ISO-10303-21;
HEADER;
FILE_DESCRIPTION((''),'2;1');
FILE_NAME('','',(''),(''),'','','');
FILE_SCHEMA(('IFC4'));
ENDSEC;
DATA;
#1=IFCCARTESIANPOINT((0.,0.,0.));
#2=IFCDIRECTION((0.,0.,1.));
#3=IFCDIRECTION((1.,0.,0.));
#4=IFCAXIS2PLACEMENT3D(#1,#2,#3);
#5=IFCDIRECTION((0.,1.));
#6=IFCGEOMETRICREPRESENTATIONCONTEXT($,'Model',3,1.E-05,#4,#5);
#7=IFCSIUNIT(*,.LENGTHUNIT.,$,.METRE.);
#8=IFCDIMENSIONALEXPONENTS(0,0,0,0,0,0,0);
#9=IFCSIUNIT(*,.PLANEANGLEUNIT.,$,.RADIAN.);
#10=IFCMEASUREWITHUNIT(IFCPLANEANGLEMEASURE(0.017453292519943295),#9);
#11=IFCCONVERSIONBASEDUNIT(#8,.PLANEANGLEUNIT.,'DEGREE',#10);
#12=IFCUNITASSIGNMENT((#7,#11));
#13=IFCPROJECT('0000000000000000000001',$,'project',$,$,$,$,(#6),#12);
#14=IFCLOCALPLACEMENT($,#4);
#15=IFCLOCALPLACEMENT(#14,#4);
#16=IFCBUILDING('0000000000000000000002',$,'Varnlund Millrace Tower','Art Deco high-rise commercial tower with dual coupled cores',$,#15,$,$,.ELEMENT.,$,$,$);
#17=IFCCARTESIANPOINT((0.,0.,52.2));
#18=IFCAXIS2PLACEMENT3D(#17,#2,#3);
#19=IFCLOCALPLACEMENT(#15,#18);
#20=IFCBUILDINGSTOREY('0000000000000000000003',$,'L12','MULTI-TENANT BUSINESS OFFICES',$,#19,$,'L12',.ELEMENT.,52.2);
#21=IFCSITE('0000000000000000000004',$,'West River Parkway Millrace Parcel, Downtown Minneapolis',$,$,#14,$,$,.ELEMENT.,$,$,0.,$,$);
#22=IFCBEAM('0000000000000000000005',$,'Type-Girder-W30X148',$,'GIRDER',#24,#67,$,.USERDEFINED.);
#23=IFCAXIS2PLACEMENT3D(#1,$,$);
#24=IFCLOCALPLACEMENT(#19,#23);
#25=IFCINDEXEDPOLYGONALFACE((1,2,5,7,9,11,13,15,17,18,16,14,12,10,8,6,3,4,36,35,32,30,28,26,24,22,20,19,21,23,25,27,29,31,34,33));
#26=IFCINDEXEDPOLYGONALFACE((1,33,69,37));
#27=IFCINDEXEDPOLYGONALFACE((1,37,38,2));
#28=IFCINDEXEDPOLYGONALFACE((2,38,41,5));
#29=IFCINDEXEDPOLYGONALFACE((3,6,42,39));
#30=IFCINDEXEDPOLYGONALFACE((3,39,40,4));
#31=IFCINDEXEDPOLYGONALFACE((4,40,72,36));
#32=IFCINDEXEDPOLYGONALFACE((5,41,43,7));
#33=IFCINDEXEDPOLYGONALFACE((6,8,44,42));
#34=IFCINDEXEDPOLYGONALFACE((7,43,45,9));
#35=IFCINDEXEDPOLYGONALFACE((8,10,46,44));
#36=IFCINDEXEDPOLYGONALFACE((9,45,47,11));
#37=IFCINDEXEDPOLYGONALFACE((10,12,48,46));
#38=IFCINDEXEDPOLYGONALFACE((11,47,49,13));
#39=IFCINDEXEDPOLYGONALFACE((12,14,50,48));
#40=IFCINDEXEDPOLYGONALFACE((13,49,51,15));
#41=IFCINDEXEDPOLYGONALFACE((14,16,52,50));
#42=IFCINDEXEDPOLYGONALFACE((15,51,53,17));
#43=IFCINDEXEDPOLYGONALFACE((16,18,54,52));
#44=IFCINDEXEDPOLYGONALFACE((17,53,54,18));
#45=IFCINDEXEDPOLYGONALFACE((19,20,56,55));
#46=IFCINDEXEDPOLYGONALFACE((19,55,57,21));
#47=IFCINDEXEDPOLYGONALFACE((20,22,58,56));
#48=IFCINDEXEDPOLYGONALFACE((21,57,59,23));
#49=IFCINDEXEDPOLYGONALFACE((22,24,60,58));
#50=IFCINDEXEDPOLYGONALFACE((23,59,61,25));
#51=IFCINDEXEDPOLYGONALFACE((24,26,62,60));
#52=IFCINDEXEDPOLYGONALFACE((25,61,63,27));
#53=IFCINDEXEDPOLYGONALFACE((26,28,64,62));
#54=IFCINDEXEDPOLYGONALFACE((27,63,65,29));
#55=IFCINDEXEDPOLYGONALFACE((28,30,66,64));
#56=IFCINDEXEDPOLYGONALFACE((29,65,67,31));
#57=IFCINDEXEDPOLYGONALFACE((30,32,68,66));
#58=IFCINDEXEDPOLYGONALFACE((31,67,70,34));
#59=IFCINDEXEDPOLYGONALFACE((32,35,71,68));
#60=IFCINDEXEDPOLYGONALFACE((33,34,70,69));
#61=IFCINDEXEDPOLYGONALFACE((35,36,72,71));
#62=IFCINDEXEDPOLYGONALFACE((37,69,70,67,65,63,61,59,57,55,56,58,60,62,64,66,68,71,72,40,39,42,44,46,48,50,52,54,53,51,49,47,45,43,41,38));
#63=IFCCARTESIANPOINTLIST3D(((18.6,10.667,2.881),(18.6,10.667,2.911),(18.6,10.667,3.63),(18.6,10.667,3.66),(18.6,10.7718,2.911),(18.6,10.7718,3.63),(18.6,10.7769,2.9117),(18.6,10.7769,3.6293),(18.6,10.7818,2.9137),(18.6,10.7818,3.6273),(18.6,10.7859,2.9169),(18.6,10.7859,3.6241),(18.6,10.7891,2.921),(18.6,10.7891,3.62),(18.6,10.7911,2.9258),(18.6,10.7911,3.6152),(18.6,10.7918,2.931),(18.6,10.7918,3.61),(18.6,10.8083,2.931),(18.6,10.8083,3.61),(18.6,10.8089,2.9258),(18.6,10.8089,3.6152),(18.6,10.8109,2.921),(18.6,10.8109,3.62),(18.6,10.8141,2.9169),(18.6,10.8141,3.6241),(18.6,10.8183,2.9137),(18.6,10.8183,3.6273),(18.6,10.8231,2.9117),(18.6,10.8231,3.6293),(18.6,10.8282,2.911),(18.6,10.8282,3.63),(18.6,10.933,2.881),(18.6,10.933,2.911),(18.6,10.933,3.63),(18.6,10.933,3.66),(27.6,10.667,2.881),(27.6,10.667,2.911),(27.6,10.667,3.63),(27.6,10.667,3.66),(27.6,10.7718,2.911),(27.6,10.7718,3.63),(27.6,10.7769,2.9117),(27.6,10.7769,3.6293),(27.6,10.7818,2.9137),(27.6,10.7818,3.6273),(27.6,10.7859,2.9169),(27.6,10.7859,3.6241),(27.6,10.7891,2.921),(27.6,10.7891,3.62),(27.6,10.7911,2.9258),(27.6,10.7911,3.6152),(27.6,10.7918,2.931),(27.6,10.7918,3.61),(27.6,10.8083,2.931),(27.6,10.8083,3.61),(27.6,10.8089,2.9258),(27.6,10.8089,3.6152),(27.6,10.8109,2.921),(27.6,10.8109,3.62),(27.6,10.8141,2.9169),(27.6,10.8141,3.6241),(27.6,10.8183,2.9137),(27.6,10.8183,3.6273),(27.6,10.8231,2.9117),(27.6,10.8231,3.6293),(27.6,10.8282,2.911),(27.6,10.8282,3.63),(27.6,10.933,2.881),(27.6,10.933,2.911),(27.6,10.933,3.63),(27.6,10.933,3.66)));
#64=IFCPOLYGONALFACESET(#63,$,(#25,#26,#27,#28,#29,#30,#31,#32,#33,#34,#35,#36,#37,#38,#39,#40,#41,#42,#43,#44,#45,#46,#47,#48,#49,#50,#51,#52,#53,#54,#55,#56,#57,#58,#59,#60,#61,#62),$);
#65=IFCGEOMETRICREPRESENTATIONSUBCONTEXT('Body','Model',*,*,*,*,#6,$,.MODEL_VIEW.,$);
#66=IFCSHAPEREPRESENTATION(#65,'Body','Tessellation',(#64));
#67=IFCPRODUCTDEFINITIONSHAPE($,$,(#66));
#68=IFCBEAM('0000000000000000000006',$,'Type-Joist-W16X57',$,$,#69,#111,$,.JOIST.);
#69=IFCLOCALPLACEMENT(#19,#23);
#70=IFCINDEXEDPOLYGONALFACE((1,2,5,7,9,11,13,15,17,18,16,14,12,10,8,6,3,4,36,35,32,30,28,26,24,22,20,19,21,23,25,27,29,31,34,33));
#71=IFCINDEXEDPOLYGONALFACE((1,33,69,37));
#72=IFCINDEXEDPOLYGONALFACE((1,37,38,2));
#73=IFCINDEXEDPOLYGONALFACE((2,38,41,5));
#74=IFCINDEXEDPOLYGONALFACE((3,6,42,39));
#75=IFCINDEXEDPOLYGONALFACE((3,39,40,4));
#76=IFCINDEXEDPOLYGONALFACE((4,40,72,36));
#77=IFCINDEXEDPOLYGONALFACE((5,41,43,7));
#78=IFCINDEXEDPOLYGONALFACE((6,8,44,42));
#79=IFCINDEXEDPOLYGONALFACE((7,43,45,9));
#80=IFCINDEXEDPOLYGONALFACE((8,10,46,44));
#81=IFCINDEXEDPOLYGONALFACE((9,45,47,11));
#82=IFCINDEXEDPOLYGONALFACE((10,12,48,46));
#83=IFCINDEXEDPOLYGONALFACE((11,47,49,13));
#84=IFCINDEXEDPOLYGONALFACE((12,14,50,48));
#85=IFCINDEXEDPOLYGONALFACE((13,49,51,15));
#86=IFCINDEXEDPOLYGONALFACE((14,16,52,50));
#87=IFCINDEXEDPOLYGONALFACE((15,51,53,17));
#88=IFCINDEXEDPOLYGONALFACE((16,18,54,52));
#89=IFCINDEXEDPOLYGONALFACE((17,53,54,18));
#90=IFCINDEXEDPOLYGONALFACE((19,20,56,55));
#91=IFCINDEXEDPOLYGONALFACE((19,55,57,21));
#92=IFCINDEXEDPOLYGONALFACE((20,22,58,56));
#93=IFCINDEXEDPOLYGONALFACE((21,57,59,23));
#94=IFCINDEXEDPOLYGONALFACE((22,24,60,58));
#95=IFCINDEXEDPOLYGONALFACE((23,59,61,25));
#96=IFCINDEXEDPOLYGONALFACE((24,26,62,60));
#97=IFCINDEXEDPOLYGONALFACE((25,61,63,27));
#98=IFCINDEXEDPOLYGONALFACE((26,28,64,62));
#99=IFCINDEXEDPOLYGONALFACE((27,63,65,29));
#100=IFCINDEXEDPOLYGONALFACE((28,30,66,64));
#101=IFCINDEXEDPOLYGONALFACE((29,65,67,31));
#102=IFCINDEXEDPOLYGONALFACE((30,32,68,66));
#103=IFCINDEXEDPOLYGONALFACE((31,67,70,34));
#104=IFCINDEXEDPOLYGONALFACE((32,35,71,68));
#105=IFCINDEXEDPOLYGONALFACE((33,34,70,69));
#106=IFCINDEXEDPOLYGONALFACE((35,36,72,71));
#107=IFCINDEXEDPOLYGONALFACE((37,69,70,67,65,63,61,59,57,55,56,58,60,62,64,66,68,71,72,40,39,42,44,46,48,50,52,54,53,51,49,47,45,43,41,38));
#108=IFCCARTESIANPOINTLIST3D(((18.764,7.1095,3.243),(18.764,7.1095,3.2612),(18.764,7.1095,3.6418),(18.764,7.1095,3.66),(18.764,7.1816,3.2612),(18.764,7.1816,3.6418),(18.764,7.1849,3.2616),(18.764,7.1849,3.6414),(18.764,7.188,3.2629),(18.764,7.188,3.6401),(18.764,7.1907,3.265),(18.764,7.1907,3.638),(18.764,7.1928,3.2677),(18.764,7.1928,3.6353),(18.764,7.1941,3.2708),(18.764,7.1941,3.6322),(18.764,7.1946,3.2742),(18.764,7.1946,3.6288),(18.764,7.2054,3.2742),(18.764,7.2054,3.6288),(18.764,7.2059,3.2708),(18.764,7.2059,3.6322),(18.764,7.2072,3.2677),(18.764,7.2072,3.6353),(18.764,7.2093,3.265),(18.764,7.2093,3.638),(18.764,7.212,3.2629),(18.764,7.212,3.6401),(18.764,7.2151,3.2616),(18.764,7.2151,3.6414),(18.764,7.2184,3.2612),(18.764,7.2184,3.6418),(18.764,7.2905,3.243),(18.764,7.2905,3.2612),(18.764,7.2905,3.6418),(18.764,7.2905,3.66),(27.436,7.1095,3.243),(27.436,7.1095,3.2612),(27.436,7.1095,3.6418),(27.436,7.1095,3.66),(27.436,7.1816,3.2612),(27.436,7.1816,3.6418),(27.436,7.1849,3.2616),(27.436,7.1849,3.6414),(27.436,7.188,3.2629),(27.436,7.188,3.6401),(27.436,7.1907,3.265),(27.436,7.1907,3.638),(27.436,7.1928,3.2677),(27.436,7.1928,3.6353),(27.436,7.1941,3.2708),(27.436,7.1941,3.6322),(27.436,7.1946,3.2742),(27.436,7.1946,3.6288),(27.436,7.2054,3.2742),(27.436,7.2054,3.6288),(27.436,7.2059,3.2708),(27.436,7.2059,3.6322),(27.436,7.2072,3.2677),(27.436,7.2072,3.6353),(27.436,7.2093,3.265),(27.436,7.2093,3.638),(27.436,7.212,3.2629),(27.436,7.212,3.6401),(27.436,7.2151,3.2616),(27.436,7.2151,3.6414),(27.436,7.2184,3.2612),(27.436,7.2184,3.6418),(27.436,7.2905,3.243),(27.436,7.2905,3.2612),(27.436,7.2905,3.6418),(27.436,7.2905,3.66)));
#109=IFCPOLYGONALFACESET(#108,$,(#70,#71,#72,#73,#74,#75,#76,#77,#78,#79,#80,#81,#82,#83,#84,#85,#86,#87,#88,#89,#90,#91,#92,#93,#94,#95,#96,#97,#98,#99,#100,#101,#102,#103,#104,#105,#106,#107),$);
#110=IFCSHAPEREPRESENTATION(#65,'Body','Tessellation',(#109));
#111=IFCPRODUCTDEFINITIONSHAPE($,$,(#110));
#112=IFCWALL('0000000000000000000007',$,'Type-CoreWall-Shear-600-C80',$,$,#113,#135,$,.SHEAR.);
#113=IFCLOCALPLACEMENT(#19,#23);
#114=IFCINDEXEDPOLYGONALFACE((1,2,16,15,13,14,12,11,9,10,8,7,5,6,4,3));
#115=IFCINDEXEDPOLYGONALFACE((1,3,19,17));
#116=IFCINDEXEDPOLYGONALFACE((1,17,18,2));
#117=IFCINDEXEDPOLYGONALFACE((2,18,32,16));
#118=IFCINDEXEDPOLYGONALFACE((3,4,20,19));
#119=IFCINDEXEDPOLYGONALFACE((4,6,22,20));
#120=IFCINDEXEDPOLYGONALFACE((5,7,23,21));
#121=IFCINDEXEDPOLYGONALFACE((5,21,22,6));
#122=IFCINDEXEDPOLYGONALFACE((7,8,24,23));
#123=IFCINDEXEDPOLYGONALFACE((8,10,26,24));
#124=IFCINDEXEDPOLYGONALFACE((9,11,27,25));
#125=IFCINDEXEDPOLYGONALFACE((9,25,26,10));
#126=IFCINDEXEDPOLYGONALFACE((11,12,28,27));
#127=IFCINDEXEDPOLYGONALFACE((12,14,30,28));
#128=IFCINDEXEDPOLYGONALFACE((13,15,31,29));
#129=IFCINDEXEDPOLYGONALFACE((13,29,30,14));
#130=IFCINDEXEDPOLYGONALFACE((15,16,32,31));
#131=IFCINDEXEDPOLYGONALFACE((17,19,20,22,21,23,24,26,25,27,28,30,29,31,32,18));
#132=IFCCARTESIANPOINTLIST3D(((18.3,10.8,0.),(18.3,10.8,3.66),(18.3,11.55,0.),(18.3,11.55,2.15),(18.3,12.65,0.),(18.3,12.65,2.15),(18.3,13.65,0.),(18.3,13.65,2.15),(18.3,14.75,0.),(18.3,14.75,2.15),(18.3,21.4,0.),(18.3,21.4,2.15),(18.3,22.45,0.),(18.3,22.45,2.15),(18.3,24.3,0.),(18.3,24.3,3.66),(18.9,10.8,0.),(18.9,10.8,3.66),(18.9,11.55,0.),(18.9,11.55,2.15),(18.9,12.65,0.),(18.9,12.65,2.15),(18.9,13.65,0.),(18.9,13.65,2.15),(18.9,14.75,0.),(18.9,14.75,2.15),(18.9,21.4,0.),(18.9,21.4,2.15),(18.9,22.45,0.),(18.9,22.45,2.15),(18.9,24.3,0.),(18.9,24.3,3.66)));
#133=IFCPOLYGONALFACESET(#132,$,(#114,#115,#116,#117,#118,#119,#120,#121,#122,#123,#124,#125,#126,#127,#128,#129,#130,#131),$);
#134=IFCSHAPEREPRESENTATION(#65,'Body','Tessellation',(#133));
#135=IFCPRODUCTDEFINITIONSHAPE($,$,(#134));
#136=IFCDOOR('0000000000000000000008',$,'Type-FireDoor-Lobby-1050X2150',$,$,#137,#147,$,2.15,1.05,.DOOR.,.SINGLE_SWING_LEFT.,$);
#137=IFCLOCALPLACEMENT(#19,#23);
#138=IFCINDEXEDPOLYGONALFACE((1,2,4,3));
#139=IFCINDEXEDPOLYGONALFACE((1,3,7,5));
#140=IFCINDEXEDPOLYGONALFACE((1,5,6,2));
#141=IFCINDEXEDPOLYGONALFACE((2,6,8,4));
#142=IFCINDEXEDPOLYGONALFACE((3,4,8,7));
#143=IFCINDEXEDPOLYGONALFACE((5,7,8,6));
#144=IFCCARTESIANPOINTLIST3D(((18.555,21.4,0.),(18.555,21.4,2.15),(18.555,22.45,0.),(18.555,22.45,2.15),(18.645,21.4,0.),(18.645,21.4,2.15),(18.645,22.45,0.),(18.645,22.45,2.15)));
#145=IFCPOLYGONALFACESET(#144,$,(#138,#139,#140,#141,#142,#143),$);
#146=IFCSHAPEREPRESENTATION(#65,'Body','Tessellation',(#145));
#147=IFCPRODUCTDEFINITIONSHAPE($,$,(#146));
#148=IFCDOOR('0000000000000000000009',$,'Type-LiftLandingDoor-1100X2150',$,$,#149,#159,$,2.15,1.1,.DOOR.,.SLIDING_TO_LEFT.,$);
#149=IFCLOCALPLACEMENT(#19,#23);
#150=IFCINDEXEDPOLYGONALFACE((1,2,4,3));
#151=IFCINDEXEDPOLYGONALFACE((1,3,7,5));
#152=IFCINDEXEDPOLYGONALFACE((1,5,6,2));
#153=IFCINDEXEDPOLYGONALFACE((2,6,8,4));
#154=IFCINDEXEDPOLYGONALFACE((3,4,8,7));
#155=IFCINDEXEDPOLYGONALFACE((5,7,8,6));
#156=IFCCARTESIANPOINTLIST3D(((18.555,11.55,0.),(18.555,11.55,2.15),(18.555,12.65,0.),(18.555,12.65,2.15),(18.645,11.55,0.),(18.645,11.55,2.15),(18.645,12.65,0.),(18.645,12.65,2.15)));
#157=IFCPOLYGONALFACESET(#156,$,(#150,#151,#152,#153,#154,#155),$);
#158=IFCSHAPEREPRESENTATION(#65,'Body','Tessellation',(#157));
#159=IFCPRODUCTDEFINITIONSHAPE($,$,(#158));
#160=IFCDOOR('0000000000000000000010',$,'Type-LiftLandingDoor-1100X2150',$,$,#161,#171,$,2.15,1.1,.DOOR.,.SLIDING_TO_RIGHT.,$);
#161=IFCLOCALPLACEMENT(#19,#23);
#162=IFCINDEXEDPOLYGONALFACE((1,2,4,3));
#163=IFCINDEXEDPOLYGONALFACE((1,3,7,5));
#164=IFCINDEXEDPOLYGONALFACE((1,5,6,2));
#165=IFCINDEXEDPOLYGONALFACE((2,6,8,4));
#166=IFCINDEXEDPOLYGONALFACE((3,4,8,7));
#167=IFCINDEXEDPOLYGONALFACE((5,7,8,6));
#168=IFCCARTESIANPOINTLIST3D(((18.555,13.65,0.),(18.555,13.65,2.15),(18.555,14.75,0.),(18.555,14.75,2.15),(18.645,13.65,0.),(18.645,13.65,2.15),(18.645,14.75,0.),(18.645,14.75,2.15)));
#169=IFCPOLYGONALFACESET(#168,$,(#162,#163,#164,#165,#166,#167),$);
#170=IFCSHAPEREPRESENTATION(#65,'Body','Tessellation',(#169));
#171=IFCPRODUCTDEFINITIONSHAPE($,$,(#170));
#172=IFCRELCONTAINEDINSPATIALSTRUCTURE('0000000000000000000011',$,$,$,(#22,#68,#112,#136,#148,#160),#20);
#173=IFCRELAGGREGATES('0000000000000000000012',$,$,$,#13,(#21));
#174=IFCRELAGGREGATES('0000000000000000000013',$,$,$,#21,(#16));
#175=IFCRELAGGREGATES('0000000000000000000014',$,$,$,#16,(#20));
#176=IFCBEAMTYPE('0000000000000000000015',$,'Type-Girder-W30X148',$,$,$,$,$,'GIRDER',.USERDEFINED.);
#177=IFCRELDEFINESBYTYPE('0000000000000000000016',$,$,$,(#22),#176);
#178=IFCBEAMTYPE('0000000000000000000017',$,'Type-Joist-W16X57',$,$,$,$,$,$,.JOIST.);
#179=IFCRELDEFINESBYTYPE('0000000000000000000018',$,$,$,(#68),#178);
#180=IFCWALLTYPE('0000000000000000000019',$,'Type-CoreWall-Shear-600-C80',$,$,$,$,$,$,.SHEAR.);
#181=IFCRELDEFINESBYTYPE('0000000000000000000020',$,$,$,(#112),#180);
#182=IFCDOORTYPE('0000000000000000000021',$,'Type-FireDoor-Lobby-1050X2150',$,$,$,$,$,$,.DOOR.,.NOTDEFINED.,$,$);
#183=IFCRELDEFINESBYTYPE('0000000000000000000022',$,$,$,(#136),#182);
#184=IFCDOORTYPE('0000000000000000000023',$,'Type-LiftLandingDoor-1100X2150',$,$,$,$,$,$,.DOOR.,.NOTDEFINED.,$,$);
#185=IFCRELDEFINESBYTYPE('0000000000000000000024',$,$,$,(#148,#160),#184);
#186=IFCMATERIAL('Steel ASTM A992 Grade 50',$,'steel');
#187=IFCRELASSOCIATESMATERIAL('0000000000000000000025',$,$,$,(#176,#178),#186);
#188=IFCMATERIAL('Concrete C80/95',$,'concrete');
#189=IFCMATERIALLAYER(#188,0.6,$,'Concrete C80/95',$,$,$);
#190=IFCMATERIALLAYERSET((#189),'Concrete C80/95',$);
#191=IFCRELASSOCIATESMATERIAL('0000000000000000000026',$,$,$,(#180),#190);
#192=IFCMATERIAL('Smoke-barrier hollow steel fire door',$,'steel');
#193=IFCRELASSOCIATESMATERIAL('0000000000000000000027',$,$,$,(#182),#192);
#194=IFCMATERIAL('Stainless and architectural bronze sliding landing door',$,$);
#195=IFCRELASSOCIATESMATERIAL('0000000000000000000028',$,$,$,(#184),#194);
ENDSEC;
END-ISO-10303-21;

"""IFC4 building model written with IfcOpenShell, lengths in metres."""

from ifc_helpers import new_model, entity, si_unit, converted_unit, direction, frame, origin_with_axes, origin_2d_with_axis, place, context, subcontext, project, spatial, polyline, rectangle, i_section, outline, extrude, material, layer, layer_set, material_profile, profile_set, type_object, element, fill, save


model = new_model("IFC4")

# Units and contexts
model_context = context("Model", 3, precision=1e-05, world=origin_with_axes(), true_north=direction((0.0, 1.0)))
body_context = subcontext(model_context, "Body", "Model", "MODEL_VIEW")
ifc_project = project(units=[si_unit("LENGTHUNIT", "METRE"), converted_unit("PLANEANGLEUNIT", "DEGREE", entity("IfcPlaneAngleMeasure", 0.017453292519943295), si_unit("PLANEANGLEUNIT", "RADIAN"), dimensions=[0, 0, 0, 0, 0, 0, 0])], contexts=[model_context])

# Site, building, storey
site_placement = place(None, origin_with_axes())
site = spatial("IfcSite", under=ifc_project, at=site_placement, Name="West River Parkway Millrace Parcel, Downtown Minneapolis", CompositionType="ELEMENT", RefElevation=0.0)
building_placement = place(site_placement, origin_with_axes())
building = spatial("IfcBuilding", under=site, at=building_placement, Name="Varnlund Millrace Tower", Description="Art Deco high-rise commercial tower with dual coupled cores", CompositionType="ELEMENT")
storey_placement = place(building_placement, frame((0.0, 0.0, 52.2), z_axis=(0.0, 0.0, 1.0), x_axis=(1.0, 0.0, 0.0)))
storey = spatial("IfcBuildingStorey", under=building, at=storey_placement, Name="L12", Description="MULTI-TENANT BUSINESS OFFICES", LongName="L12", CompositionType="ELEMENT", Elevation=52.2)

# Shared definitions
ifc_material_1 = material(Name="Concrete C80/95", Category="concrete")

# Beams
ifc_material_2 = material(Name="Steel ASTM A992 Grade 50", Category="steel")
ifc_material_profile_1 = material_profile(ifc_material_2, i_section(OverallWidth=0.266, OverallDepth=0.779, WebThickness=0.0165, FlangeThickness=0.03, FilletRadius=0.02, at=origin_2d_with_axis()), Name="Steel ASTM A992 Grade 50")
ifc_profile_set_1 = profile_set([ifc_material_profile_1], Name="Steel ASTM A992 Grade 50")
beam_type_1 = type_object("IfcBeamType", Name="Type-Girder-W30X148", ElementType="GIRDER", PredefinedType="USERDEFINED", material=ifc_profile_set_1)
beam_1_placement = place(storey_placement, frame((18.6, 10.8, 3.2705), z_axis=(1.0, 0.0, 0.0), x_axis=(0.0, 1.0, 0.0)))
element("IfcBeam", 1, at=beam_1_placement, inside=storey, type_object=beam_type_1, Name="Type-Girder-W30X148", ObjectType="GIRDER", PredefinedType="USERDEFINED", context=body_context, shape_type="SweptSolid", body=[
    extrude(i_section(OverallWidth=0.266, OverallDepth=0.779, WebThickness=0.0165, FlangeThickness=0.03, FilletRadius=0.02, at=origin_2d_with_axis()), origin_with_axes(), (0.0, 0.0, 1.0), 9.0),
])
ifc_material_profile_2 = material_profile(ifc_material_2, i_section(OverallWidth=0.181, OverallDepth=0.417, WebThickness=0.0109, FlangeThickness=0.0182, FilletRadius=0.013, at=origin_2d_with_axis()), Name="Steel ASTM A992 Grade 50")
ifc_profile_set_2 = profile_set([ifc_material_profile_2], Name="Steel ASTM A992 Grade 50")
beam_type_2 = type_object("IfcBeamType", Name="Type-Joist-W16X57", PredefinedType="JOIST", material=ifc_profile_set_2)
beam_2_placement = place(storey_placement, frame((18.764, 7.2, 3.4515), z_axis=(1.0, 0.0, 0.0), x_axis=(0.0, 1.0, 0.0)))
element("IfcBeam", 2, at=beam_2_placement, inside=storey, type_object=beam_type_2, Name="Type-Joist-W16X57", PredefinedType="JOIST", context=body_context, shape_type="SweptSolid", body=[
    extrude(i_section(OverallWidth=0.181, OverallDepth=0.417, WebThickness=0.0109, FlangeThickness=0.0182, FilletRadius=0.013, at=origin_2d_with_axis()), origin_with_axes(), (0.0, 0.0, 1.0), 8.672),
])

# Wall, openings, doors
ifc_layer_1 = layer(ifc_material_1, 0.6, Name="Concrete C80/95")
ifc_layer_set_1 = layer_set([ifc_layer_1], Name="Concrete C80/95")
wall_type_1 = type_object("IfcWallType", Name="Type-CoreWall-Shear-600-C80", PredefinedType="SHEAR", material=ifc_layer_set_1)
wall_1_placement = place(storey_placement, frame((18.6, 10.8, 0.0), z_axis=(0.0, 0.0, 1.0), x_axis=(0.0, 1.0, 0.0)))
wall_1 = element("IfcWall", 3, at=wall_1_placement, inside=storey, type_object=wall_type_1, Name="Type-CoreWall-Shear-600-C80", PredefinedType="SHEAR", context=body_context, shape_type="SweptSolid", body=[
    extrude(outline(polyline([(0.0, -0.3), (13.5, -0.3), (13.5, 0.3), (0.0, 0.3), (0.0, -0.3)])), origin_with_axes(), (0.0, 0.0, 1.0), 3.66),
])
opening_1_placement = place(wall_1_placement, frame((1.3, 0.0, 0.0), z_axis=(0.0, 0.0, 1.0), x_axis=(1.0, 0.0, 0.0)))
opening_1 = element("IfcOpeningElement", 4, at=opening_1_placement, cuts=wall_1, PredefinedType="OPENING", context=body_context, shape_type="SweptSolid", body=[
    extrude(rectangle(XDim=1.1, YDim=0.62, at=origin_2d_with_axis()), origin_with_axes(), (0.0, 0.0, 1.0), 2.15),
])
opening_2_placement = place(wall_1_placement, frame((3.4, 0.0, 0.0), z_axis=(0.0, 0.0, 1.0), x_axis=(1.0, 0.0, 0.0)))
opening_2 = element("IfcOpeningElement", 5, at=opening_2_placement, cuts=wall_1, PredefinedType="OPENING", context=body_context, shape_type="SweptSolid", body=[
    extrude(rectangle(XDim=1.1, YDim=0.62, at=origin_2d_with_axis()), origin_with_axes(), (0.0, 0.0, 1.0), 2.15),
])
opening_3_placement = place(wall_1_placement, frame((11.125, 0.0, 0.0), z_axis=(0.0, 0.0, 1.0), x_axis=(1.0, 0.0, 0.0)))
opening_3 = element("IfcOpeningElement", 6, at=opening_3_placement, cuts=wall_1, PredefinedType="OPENING", context=body_context, shape_type="SweptSolid", body=[
    extrude(rectangle(XDim=1.05, YDim=0.62, at=origin_2d_with_axis()), origin_with_axes(), (0.0, 0.0, 1.0), 2.15),
])
ifc_material_3 = material(Name="Smoke-barrier hollow steel fire door", Category="steel")
door_type_1 = type_object("IfcDoorType", Name="Type-FireDoor-Lobby-1050X2150", OperationType="NOTDEFINED", PredefinedType="DOOR", material=ifc_material_3)
door_1_placement = place(wall_1_placement, frame((11.125, 0.0, 0.0), z_axis=(0.0, 0.0, 1.0), x_axis=(1.0, 0.0, 0.0)))
door_1 = element("IfcDoor", 7, at=door_1_placement, inside=storey, type_object=door_type_1, Name="Type-FireDoor-Lobby-1050X2150", OperationType="SINGLE_SWING_LEFT", OverallHeight=2.15, OverallWidth=1.05, PredefinedType="DOOR", context=body_context, shape_type="SweptSolid", body=[
    extrude(rectangle(XDim=1.05, YDim=0.09, at=origin_2d_with_axis()), origin_with_axes(), (0.0, 0.0, 1.0), 2.15),
])
fill(opening_3, door_1)
ifc_material_4 = material(Name="Stainless and architectural bronze sliding landing door")
door_type_2 = type_object("IfcDoorType", Name="Type-LiftLandingDoor-1100X2150", OperationType="NOTDEFINED", PredefinedType="DOOR", material=ifc_material_4)
door_2_placement = place(wall_1_placement, frame((1.3, 0.0, 0.0), z_axis=(0.0, 0.0, 1.0), x_axis=(1.0, 0.0, 0.0)))
door_2 = element("IfcDoor", 8, at=door_2_placement, inside=storey, type_object=door_type_2, Name="Type-LiftLandingDoor-1100X2150", OperationType="SLIDING_TO_LEFT", OverallHeight=2.15, OverallWidth=1.1, PredefinedType="DOOR", context=body_context, shape_type="SweptSolid", body=[
    extrude(rectangle(XDim=1.1, YDim=0.09, at=origin_2d_with_axis()), origin_with_axes(), (0.0, 0.0, 1.0), 2.15),
])
fill(opening_1, door_2)
door_3_placement = place(wall_1_placement, frame((3.4, 0.0, 0.0), z_axis=(0.0, 0.0, 1.0), x_axis=(1.0, 0.0, 0.0)))
door_3 = element("IfcDoor", 9, at=door_3_placement, inside=storey, type_object=door_type_2, Name="Type-LiftLandingDoor-1100X2150", OperationType="SLIDING_TO_RIGHT", OverallHeight=2.15, OverallWidth=1.1, PredefinedType="DOOR", context=body_context, shape_type="SweptSolid", body=[
    extrude(rectangle(XDim=1.1, YDim=0.09, at=origin_2d_with_axis()), origin_with_axes(), (0.0, 0.0, 1.0), 2.15),
])
fill(opening_2, door_3)

save(model, "model.ifc")
